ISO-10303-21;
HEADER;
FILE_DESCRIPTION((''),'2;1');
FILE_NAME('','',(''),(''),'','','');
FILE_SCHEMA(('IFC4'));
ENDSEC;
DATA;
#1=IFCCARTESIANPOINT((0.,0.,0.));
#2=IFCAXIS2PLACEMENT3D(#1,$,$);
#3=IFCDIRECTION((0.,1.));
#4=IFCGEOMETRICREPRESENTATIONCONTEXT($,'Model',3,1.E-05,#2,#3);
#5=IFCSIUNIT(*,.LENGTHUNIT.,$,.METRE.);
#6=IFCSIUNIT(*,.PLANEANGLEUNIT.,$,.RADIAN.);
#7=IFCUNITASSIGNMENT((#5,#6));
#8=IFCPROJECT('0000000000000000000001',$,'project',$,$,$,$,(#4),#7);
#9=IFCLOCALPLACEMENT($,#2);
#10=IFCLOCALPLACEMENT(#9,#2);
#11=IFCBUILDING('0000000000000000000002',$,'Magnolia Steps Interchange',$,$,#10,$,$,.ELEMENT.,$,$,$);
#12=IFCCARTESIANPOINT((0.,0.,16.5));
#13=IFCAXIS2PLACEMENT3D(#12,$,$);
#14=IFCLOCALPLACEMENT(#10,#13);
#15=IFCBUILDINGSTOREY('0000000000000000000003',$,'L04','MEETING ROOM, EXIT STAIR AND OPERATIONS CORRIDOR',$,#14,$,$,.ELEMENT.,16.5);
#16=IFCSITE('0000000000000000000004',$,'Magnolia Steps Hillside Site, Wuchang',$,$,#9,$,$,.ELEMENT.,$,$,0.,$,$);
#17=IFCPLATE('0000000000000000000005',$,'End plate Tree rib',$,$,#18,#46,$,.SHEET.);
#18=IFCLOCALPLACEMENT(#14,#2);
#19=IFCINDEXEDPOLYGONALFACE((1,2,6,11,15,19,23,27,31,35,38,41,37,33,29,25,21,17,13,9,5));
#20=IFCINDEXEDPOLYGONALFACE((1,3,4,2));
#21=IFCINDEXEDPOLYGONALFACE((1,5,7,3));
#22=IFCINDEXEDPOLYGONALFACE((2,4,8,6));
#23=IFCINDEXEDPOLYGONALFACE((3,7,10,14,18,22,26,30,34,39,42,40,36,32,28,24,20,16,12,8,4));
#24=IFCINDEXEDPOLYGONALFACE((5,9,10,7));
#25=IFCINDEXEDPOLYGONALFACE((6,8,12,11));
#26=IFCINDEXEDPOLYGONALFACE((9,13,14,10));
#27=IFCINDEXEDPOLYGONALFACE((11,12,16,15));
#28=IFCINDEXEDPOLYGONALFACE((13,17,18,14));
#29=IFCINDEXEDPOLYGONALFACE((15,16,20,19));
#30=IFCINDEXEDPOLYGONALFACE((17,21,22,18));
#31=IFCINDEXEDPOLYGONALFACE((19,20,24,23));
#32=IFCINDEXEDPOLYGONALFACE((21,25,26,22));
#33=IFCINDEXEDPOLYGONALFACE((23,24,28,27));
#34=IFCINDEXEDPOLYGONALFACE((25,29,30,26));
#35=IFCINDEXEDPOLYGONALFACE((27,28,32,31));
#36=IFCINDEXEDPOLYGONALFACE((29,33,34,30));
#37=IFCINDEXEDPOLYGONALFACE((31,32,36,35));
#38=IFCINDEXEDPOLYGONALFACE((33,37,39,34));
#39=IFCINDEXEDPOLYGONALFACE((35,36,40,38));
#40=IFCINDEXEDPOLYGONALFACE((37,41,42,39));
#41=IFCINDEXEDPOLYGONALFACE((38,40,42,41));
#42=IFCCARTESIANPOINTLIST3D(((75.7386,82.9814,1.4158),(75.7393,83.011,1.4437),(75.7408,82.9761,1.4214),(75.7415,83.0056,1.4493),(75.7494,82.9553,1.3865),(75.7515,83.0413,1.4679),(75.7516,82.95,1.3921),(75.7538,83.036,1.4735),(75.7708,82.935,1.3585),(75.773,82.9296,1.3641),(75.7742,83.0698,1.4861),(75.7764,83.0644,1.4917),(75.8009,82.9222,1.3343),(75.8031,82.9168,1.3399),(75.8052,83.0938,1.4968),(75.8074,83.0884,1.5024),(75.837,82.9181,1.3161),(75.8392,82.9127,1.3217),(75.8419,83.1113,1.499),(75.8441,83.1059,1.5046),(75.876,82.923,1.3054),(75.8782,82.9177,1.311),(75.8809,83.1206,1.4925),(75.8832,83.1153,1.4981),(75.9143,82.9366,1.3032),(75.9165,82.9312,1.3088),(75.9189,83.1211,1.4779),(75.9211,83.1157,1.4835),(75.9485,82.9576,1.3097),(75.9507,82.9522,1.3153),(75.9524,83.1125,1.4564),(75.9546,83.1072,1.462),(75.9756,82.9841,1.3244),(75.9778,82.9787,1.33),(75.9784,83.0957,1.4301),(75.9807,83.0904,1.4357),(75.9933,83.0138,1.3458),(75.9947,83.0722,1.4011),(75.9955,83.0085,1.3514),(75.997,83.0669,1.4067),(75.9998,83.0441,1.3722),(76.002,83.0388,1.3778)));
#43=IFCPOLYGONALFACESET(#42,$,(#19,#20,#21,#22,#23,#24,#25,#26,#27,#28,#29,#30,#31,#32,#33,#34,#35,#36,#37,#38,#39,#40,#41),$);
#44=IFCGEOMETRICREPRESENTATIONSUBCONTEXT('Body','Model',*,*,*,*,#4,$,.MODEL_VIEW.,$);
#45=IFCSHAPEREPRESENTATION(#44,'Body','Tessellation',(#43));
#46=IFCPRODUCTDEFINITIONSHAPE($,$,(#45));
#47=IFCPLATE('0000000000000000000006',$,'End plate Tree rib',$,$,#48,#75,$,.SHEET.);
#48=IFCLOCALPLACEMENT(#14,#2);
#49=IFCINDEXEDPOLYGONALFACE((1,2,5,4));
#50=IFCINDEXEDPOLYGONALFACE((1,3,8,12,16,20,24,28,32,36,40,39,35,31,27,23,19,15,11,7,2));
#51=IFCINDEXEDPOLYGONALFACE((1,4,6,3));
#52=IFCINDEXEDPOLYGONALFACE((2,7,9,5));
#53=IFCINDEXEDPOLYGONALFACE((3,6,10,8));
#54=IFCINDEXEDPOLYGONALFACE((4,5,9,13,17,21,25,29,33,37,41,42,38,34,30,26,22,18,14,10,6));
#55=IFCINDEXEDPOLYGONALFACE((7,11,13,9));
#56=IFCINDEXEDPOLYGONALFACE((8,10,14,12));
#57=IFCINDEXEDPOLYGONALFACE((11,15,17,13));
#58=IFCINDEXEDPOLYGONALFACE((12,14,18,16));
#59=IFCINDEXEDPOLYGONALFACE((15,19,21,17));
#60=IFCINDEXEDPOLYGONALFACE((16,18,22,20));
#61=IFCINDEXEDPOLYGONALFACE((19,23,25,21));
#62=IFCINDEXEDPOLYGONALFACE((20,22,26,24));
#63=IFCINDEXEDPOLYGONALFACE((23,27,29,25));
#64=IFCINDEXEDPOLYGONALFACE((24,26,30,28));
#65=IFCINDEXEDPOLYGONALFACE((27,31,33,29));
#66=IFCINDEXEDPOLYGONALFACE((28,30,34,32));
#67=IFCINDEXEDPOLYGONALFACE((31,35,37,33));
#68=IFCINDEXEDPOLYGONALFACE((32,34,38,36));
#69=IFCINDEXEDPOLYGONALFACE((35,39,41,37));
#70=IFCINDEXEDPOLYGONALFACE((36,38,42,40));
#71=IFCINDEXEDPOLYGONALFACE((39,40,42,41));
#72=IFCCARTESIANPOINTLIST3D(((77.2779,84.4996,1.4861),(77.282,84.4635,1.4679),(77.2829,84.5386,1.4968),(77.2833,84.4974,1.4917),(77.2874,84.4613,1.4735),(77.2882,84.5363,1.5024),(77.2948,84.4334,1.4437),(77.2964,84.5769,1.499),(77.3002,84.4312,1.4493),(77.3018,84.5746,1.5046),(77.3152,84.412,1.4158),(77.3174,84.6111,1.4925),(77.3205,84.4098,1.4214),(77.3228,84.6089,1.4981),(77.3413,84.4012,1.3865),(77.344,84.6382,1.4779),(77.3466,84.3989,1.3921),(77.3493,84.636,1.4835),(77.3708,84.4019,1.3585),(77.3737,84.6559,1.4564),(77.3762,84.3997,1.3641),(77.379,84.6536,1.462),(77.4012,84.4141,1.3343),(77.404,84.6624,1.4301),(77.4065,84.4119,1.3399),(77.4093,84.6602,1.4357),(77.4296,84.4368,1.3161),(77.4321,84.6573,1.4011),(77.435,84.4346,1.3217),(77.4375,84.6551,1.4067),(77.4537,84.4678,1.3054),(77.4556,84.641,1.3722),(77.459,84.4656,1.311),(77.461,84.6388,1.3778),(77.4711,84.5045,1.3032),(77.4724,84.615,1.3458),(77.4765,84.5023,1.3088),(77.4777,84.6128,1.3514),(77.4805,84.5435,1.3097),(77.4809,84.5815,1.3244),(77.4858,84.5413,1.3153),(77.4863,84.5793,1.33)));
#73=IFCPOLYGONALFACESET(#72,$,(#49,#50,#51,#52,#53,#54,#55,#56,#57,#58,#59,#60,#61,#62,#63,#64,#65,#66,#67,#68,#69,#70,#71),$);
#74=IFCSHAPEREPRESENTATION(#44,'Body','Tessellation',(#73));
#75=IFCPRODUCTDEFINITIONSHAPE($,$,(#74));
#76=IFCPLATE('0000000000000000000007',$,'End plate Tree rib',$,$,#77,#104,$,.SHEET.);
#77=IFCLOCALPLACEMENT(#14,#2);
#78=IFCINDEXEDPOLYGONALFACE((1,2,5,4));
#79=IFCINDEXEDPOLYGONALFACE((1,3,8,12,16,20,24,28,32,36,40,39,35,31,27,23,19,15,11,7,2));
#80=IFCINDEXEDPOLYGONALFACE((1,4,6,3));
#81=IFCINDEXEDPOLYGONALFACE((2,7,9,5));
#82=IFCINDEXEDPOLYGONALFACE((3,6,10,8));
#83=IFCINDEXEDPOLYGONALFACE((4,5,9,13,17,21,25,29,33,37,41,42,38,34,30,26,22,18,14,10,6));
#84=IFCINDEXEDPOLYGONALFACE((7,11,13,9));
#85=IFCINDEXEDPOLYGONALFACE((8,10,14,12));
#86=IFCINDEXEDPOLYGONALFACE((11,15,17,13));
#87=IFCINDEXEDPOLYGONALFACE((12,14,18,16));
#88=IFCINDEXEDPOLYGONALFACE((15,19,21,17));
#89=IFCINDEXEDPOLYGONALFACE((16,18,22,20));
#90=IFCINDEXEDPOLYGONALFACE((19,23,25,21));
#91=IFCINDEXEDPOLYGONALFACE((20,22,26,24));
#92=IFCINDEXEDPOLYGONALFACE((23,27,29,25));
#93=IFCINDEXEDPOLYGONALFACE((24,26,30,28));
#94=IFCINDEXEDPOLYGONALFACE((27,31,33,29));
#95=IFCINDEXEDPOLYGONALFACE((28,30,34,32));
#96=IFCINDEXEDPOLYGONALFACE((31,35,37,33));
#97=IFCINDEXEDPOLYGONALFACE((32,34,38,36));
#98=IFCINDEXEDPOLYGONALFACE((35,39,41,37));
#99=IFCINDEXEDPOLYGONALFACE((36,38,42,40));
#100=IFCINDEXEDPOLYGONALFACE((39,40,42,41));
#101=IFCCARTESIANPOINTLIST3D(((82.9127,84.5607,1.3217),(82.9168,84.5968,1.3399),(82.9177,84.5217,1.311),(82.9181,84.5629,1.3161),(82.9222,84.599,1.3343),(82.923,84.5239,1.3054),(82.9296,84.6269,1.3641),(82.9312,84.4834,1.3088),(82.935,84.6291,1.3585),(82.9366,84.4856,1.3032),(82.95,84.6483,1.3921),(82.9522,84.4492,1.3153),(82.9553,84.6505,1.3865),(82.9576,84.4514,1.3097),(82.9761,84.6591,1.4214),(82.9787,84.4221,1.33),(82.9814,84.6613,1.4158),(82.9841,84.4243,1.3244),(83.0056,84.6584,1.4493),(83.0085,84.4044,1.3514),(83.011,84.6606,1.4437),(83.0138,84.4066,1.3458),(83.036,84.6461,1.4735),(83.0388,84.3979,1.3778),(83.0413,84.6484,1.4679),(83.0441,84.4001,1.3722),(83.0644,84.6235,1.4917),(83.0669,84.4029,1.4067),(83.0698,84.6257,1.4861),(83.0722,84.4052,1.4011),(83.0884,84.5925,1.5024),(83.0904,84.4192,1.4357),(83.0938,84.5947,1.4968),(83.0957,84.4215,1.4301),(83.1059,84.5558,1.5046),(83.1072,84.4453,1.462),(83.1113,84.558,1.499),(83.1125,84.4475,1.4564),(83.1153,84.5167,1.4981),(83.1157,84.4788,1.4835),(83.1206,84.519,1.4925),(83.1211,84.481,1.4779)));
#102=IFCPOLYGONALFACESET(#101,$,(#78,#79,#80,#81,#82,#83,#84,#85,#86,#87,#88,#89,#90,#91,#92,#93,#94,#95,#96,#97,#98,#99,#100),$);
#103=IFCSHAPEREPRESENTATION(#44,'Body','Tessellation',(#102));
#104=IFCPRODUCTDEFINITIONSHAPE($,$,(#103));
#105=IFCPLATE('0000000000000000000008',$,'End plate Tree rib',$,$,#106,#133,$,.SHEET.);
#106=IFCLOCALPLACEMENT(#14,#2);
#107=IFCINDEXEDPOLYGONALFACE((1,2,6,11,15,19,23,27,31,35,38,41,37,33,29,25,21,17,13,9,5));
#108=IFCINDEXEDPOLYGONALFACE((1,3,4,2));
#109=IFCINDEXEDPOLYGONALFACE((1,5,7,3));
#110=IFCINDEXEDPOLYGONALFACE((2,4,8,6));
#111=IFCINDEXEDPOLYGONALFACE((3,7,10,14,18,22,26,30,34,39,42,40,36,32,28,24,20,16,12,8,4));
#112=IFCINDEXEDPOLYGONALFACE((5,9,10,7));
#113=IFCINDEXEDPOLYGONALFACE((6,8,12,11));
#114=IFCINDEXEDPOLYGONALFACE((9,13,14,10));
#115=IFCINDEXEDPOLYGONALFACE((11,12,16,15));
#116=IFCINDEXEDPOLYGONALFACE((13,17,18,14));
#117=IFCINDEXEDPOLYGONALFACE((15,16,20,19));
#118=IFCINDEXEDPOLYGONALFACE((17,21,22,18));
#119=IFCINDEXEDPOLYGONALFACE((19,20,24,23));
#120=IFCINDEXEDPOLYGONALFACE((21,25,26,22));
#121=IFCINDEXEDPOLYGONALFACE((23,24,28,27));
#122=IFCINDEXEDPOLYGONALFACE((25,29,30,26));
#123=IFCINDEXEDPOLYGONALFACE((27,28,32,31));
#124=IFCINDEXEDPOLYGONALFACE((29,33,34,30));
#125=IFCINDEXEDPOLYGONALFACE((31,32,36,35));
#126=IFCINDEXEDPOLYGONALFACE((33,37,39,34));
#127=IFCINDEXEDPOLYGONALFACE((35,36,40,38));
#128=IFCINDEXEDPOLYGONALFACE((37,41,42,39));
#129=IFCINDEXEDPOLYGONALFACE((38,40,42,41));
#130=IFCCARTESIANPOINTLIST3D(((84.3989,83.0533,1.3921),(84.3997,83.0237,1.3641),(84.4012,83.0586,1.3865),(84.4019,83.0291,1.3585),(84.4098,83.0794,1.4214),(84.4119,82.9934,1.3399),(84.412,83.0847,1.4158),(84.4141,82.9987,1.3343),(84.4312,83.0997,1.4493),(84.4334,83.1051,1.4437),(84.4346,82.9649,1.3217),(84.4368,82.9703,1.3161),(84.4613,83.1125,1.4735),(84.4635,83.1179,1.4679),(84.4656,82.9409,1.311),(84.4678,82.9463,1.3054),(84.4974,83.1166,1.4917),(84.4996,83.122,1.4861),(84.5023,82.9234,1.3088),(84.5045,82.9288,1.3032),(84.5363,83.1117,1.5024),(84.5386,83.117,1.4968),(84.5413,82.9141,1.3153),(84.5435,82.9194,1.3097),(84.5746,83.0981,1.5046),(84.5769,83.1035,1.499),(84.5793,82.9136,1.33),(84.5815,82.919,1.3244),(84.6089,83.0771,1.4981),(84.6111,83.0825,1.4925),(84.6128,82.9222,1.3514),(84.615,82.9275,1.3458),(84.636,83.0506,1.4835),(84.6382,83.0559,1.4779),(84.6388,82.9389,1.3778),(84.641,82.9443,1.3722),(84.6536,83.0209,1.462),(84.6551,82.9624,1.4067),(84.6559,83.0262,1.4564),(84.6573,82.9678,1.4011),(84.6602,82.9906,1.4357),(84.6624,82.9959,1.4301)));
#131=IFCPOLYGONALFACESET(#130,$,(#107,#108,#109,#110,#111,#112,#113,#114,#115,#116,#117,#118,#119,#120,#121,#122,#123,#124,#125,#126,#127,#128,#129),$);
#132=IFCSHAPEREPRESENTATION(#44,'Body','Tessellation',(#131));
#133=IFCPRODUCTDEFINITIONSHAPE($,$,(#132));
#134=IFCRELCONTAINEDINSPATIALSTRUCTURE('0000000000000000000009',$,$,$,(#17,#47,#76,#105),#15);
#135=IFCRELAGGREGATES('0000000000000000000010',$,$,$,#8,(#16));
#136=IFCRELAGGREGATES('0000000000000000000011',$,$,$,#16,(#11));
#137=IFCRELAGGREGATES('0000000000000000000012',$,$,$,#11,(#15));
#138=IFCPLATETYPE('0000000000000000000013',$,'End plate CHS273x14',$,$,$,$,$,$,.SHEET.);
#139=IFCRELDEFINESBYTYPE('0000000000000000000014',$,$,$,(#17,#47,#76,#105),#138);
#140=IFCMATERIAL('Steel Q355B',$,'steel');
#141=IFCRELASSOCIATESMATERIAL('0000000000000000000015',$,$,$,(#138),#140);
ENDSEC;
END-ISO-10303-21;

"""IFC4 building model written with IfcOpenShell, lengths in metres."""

from ifc_helpers import new_model, si_unit, direction, frame, origin, origin_2d, place, context, subcontext, project, spatial, circle, extrude, material, material_profile, profile_set, type_object, element, save


model = new_model("IFC4")

# Units and contexts
model_context = context("Model", 3, precision=1e-05, world=origin(), true_north=direction((0.0, 1.0)))
body_context = subcontext(model_context, "Body", "Model", "MODEL_VIEW")
ifc_project = project(units=[si_unit("LENGTHUNIT", "METRE"), si_unit("PLANEANGLEUNIT", "RADIAN")], contexts=[model_context])

# Site, building, storey
site_placement = place(None, origin())
site = spatial("IfcSite", under=ifc_project, at=site_placement, Name="Magnolia Steps Hillside Site, Wuchang", CompositionType="ELEMENT", RefElevation=0.0)
building_placement = place(site_placement, origin())
building = spatial("IfcBuilding", under=site, at=building_placement, Name="Magnolia Steps Interchange", CompositionType="ELEMENT")
storey_placement = place(building_placement, frame((0.0, 0.0, 16.5)))
storey = spatial("IfcBuildingStorey", under=building, at=storey_placement, Name="L04", Description="MEETING ROOM, EXIT STAIR AND OPERATIONS CORRIDOR", CompositionType="ELEMENT", Elevation=16.5)

# Plates
ifc_material_1 = material(Name="Steel Q355B", Category="steel")
ifc_material_profile_1 = material_profile(ifc_material_1, circle(Radius=0.1365, at=origin_2d()), Name="End plate CHS273x14")
ifc_profile_set_1 = profile_set([ifc_material_profile_1], Name="Steel Q355B")
plate_type = type_object("IfcPlateType", Name="End plate CHS273x14", PredefinedType="SHEET", material=ifc_profile_set_1)
for number, where, z_axis, x_axis, name in (
    (1, (75.8687, 83.02, 1.4011), (0.275279, -0.664583, 0.694658), (0.92388, 0.382683, 0.0), "End plate Tree rib"),
    (2, (77.3799, 84.5312, 1.4011), (0.664583, -0.275279, 0.694658), (0.382683, 0.92388, 0.0), "End plate Tree rib"),
    (3, (83.02, 84.5312, 1.4011), (-0.664583, -0.275279, 0.694658), (0.382683, -0.92388, 0.0), "End plate Tree rib"),
    (4, (84.5312, 83.02, 1.4011), (-0.275279, -0.664583, 0.694658), (0.92388, -0.382683, 0.0), "End plate Tree rib"),
):
    element("IfcPlate", number, at=place(storey_placement, frame(where, z_axis=z_axis, x_axis=x_axis)), inside=storey, type_object=plate_type, Name=name, PredefinedType="SHEET", context=body_context, shape_type="SweptSolid", body=[
        extrude(circle(Radius=0.1365, at=origin_2d()), origin(), (0.0, 0.0, 1.0), 0.0081),
    ])

save(model, "model.ifc")
